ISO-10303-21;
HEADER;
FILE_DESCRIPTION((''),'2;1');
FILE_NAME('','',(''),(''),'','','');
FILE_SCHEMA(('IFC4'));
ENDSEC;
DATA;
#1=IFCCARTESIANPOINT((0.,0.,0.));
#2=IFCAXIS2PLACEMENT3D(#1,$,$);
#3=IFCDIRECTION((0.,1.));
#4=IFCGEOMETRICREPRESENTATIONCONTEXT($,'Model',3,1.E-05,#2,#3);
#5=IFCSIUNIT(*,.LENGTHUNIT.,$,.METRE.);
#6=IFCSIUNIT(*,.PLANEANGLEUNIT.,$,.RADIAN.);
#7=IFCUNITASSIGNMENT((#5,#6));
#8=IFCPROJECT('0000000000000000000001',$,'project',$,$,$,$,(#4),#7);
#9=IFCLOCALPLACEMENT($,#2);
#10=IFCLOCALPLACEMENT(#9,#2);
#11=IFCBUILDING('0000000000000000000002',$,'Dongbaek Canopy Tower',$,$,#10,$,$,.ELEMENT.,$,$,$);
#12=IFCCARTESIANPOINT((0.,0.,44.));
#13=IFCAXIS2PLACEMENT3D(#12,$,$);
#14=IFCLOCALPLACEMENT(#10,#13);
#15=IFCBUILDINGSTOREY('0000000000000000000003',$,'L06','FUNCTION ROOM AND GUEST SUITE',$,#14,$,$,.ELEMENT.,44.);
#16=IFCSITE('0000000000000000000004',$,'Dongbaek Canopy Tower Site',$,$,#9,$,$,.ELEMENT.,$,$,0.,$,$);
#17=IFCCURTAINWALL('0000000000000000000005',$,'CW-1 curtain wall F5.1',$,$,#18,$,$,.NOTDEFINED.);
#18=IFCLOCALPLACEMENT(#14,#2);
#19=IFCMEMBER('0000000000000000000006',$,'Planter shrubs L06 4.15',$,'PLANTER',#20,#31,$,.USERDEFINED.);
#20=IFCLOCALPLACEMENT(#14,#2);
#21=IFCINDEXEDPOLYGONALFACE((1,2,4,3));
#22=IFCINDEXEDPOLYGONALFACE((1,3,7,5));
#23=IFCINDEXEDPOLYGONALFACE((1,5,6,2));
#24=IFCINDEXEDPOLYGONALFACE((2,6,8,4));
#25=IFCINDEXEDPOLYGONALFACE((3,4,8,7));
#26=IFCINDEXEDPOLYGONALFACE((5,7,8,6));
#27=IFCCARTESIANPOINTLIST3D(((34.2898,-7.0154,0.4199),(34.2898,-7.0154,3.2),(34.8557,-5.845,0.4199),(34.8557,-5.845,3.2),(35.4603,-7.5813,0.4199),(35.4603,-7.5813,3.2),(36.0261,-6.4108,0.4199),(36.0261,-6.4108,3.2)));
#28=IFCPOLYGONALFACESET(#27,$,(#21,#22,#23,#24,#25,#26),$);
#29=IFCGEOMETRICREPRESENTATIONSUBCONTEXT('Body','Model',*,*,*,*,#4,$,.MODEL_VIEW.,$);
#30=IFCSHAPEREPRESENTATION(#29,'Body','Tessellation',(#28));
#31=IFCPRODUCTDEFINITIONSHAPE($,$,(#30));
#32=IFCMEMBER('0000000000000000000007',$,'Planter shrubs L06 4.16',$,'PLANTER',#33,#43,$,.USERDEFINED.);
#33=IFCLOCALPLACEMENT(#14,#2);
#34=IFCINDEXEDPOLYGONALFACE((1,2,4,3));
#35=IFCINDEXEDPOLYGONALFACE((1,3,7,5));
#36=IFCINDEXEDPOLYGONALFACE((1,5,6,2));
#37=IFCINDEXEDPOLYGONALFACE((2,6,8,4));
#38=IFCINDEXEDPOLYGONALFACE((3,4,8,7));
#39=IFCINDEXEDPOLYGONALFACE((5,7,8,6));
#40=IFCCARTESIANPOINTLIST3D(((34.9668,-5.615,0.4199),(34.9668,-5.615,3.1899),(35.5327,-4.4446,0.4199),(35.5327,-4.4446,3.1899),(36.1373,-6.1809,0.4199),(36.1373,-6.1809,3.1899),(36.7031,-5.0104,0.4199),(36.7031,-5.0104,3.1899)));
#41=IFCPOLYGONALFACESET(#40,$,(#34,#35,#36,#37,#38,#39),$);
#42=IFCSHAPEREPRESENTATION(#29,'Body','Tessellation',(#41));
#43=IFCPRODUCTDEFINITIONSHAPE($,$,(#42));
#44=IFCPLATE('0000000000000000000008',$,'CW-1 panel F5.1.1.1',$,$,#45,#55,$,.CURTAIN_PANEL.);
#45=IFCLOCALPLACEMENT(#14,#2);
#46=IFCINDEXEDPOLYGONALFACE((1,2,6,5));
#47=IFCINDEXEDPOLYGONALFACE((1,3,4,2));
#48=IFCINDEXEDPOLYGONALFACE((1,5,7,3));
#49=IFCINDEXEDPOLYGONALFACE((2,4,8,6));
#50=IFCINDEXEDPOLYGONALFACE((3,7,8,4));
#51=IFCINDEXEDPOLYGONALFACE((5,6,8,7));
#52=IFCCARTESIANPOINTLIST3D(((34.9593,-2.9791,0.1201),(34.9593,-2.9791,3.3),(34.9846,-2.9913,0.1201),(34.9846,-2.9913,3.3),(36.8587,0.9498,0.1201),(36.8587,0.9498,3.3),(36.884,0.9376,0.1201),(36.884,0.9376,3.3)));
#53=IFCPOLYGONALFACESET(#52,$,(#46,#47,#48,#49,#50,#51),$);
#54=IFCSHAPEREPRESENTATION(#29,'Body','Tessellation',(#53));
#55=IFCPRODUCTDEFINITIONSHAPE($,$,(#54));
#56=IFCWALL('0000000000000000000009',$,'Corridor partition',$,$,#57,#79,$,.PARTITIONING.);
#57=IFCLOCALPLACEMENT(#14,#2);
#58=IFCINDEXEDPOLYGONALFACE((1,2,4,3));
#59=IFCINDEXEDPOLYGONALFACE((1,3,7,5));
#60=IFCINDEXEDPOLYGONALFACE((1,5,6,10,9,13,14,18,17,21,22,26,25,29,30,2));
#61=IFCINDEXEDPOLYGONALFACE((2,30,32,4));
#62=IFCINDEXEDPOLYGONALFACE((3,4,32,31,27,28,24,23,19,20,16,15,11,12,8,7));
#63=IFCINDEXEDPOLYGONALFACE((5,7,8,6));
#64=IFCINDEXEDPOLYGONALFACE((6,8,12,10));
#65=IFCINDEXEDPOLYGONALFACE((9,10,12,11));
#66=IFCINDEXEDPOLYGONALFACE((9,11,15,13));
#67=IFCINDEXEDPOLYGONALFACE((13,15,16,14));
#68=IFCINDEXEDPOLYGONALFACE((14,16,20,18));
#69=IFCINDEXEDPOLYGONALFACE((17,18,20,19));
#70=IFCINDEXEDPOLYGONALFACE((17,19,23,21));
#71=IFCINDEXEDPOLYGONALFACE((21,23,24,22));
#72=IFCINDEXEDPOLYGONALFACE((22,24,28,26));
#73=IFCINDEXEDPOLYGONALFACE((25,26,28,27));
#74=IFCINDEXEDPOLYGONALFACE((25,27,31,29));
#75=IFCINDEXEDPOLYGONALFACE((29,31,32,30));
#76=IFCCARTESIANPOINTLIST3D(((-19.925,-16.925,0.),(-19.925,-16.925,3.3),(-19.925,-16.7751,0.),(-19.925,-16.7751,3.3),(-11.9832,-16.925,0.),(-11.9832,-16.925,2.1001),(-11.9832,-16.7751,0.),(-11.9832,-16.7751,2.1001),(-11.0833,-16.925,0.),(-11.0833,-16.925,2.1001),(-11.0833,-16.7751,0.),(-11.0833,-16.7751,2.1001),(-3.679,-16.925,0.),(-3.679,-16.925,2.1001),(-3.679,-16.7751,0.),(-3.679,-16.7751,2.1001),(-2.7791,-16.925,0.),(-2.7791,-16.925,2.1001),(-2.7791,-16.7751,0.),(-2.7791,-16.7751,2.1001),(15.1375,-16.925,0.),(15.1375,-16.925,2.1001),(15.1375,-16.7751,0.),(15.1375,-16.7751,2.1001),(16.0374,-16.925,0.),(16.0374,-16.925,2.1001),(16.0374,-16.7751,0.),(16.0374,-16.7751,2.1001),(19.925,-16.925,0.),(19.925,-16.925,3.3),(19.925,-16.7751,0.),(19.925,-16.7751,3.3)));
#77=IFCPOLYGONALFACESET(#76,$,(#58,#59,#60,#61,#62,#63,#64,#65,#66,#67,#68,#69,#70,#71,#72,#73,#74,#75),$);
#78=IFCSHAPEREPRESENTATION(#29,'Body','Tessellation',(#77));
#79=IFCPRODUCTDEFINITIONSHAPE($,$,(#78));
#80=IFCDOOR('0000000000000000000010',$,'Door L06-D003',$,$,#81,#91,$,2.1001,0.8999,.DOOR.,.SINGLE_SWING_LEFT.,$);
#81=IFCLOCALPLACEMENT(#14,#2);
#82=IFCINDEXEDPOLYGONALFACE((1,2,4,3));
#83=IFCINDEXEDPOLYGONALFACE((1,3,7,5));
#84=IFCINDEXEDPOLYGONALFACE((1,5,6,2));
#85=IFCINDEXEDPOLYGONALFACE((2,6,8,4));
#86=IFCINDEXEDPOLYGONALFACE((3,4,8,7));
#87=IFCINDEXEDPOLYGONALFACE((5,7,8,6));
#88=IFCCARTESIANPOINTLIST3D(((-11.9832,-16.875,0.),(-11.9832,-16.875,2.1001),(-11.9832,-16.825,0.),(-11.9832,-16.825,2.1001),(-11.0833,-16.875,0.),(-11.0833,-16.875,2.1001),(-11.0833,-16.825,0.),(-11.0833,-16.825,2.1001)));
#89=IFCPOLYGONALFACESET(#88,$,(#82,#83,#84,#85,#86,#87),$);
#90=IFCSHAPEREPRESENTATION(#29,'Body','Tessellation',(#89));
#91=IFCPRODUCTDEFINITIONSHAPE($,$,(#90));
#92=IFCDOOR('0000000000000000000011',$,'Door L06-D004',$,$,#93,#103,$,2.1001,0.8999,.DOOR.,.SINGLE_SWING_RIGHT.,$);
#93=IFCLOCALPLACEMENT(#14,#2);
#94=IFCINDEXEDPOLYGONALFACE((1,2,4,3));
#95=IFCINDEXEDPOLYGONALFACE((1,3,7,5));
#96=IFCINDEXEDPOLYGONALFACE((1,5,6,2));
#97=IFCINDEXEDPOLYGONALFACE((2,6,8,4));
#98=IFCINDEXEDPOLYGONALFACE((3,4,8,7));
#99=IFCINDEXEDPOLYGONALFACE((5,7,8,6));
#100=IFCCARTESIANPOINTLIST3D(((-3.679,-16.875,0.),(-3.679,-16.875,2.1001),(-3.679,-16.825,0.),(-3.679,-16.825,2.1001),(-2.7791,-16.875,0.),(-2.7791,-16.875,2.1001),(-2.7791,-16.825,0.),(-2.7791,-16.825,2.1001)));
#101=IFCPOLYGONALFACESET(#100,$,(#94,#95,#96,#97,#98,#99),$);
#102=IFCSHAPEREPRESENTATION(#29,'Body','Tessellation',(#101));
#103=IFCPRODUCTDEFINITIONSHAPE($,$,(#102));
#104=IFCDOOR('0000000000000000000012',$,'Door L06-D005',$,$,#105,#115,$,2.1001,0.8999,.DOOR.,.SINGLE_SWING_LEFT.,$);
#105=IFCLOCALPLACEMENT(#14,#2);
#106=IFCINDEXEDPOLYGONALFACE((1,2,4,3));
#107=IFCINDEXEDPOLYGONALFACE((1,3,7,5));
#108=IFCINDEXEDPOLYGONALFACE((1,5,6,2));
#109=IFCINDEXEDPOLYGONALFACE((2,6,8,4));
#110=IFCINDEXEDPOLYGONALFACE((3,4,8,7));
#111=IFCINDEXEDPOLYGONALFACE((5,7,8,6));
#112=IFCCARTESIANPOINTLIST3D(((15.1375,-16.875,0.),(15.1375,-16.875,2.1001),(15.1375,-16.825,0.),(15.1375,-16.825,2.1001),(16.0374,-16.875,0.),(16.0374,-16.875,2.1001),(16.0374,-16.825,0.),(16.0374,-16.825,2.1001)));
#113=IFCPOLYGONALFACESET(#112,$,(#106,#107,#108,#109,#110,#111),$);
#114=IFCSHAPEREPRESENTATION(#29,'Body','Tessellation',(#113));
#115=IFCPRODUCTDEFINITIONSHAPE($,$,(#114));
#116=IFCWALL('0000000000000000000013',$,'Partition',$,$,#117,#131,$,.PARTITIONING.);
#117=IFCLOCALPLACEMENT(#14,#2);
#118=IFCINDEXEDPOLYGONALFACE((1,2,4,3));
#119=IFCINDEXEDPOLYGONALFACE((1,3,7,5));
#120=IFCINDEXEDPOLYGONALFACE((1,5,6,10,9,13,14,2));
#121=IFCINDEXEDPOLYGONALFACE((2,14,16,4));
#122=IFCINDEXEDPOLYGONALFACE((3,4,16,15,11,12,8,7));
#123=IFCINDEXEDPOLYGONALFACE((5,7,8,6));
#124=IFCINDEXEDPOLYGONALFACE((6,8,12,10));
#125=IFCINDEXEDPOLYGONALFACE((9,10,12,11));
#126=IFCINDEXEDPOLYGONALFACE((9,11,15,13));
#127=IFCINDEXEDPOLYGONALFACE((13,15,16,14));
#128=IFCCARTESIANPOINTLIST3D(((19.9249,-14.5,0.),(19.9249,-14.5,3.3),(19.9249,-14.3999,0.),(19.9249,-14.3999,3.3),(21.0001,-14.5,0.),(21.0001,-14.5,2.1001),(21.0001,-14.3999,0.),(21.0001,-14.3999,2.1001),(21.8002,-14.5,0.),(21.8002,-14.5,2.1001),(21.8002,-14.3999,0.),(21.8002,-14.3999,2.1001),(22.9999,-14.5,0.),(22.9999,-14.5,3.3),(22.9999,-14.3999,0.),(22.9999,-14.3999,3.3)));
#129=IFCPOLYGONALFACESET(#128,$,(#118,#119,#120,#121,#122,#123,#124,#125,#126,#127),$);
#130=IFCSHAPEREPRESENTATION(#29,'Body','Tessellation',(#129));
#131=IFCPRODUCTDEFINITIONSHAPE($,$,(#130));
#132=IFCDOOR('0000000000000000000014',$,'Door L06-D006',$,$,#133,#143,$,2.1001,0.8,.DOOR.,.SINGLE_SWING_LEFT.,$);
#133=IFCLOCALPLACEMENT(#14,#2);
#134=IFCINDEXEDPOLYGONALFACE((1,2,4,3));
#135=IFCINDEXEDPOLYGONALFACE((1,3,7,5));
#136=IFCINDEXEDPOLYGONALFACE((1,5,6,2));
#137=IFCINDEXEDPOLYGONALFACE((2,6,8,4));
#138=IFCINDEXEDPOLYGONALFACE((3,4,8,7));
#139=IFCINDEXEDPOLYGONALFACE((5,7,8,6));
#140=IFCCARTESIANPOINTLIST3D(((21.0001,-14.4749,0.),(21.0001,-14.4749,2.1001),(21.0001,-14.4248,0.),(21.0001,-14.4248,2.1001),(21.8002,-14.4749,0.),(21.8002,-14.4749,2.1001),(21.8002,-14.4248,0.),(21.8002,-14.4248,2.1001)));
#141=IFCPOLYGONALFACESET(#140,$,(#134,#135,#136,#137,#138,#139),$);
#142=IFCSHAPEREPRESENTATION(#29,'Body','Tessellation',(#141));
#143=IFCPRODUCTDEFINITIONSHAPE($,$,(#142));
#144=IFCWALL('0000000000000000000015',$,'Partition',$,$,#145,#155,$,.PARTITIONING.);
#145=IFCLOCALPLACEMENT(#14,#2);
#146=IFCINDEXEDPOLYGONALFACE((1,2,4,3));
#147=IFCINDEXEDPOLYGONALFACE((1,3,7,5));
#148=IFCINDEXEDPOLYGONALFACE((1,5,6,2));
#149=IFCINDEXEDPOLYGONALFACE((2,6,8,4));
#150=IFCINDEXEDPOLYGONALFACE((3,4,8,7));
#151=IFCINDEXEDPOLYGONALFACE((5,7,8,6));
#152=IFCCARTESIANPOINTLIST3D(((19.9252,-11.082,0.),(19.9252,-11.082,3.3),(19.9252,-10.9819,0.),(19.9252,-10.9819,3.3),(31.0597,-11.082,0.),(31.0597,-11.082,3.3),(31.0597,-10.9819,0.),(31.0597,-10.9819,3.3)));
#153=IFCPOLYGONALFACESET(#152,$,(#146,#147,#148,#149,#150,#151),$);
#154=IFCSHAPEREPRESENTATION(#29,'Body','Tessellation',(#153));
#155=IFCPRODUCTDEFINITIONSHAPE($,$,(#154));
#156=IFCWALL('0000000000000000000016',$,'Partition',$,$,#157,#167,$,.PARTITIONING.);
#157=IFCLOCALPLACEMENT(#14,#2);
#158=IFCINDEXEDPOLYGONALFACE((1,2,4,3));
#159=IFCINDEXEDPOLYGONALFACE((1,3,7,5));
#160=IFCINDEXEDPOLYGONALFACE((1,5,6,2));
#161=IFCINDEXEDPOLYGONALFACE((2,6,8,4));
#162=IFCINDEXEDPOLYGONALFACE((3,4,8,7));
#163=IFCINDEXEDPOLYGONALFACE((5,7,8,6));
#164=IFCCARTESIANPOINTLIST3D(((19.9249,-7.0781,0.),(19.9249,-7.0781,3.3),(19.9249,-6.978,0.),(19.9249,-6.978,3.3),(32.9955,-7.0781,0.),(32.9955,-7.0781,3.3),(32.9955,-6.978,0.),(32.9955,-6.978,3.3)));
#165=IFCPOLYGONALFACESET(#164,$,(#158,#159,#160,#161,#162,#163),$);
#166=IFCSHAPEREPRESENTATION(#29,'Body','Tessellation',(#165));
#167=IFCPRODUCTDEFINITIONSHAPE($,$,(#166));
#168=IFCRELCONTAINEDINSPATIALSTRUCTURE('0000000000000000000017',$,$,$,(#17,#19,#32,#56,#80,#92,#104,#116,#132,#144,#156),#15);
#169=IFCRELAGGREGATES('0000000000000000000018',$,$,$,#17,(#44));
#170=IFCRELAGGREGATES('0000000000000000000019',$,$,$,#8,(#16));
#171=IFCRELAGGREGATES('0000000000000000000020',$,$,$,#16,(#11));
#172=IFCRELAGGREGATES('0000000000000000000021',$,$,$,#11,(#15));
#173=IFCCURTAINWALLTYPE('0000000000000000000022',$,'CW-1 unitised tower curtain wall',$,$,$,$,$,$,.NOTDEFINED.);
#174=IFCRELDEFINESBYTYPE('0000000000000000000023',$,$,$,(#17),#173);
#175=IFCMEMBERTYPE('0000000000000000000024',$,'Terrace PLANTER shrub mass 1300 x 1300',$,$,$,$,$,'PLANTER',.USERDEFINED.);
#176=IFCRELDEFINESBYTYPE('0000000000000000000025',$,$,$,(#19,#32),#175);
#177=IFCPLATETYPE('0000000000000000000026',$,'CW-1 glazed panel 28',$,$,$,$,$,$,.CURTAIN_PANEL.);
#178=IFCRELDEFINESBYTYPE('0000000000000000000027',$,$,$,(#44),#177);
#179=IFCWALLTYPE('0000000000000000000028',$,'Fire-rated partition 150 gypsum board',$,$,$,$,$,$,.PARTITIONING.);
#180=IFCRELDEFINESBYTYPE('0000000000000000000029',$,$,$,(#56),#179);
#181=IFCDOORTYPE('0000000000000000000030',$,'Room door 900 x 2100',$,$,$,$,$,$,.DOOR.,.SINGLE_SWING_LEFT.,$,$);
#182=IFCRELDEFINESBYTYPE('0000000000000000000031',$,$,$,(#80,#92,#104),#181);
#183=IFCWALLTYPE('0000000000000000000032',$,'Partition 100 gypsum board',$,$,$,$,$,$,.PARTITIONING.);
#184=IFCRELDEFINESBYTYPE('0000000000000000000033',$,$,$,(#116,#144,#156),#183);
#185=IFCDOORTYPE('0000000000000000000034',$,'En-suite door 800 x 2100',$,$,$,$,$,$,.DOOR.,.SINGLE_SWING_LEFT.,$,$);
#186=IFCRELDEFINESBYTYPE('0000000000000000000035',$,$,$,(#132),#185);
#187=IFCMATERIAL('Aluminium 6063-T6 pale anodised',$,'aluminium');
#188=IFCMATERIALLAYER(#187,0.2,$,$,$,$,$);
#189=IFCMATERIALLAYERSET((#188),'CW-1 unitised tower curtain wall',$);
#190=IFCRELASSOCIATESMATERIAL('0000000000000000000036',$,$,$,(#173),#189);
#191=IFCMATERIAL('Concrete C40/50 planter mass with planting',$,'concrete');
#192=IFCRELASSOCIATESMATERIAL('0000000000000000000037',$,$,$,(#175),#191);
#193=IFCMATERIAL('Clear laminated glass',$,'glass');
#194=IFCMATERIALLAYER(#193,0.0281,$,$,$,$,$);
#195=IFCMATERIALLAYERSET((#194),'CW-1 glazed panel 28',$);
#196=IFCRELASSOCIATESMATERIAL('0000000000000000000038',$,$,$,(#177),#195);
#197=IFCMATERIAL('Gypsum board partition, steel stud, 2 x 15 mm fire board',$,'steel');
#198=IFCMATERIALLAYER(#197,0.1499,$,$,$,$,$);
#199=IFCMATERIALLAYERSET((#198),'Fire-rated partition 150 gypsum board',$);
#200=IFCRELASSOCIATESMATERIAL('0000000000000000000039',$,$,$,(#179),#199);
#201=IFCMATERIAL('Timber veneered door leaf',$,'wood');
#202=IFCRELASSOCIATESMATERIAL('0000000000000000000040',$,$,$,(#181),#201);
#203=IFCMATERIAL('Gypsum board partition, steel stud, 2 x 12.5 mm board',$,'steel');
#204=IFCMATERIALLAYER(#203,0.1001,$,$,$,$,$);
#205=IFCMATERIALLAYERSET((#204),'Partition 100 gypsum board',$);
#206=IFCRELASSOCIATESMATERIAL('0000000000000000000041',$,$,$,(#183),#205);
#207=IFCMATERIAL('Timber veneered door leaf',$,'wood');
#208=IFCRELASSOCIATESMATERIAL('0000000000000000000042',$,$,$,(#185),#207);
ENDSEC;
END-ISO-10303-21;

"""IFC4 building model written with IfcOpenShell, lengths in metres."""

from ifc_helpers import new_model, si_unit, direction, frame, frame_2d, origin, origin_2d, place, context, subcontext, project, spatial, rectangle, extrude, material, layer, layer_set, material_profile, profile_set, type_object, element, fill, aggregate, save


model = new_model("IFC4")

# Units and contexts
model_context = context("Model", 3, precision=1e-05, world=origin(), true_north=direction((0.0, 1.0)))
body_context = subcontext(model_context, "Body", "Model", "MODEL_VIEW")
ifc_project = project(units=[si_unit("LENGTHUNIT", "METRE"), si_unit("PLANEANGLEUNIT", "RADIAN")], contexts=[model_context])

# Site, building, storey
site_placement = place(None, origin())
site = spatial("IfcSite", under=ifc_project, at=site_placement, Name="Dongbaek Canopy Tower Site", CompositionType="ELEMENT", RefElevation=0.0)
building_placement = place(site_placement, origin())
building = spatial("IfcBuilding", under=site, at=building_placement, Name="Dongbaek Canopy Tower", CompositionType="ELEMENT")
storey_placement = place(building_placement, frame((0.0, 0.0, 44.0)))
storey = spatial("IfcBuildingStorey", under=building, at=storey_placement, Name="L06", Description="FUNCTION ROOM AND GUEST SUITE", CompositionType="ELEMENT", Elevation=44.0)

# Curtain wall
ifc_material_1 = material(Name="Aluminium 6063-T6 pale anodised", Category="aluminium")
ifc_layer_1 = layer(ifc_material_1, 0.2)
ifc_layer_set_1 = layer_set([ifc_layer_1], Name="CW-1 unitised tower curtain wall")
curtain_wall_type = type_object("IfcCurtainWallType", Name="CW-1 unitised tower curtain wall", PredefinedType="NOTDEFINED", material=ifc_layer_set_1)
curtain_wall_placement = place(storey_placement, origin())
curtain_wall = element("IfcCurtainWall", 1, at=curtain_wall_placement, inside=storey, type_object=curtain_wall_type, Name="CW-1 curtain wall F5.1", PredefinedType="NOTDEFINED")

# Members
ifc_material_2 = material(Name="Concrete C40/50 planter mass with planting", Category="concrete")
ifc_material_profile_1 = material_profile(ifc_material_2, rectangle(XDim=1.3, YDim=1.3, at=origin_2d()), Name="Terrace PLANTER shrub mass 1300 x 1300")
ifc_profile_set_1 = profile_set([ifc_material_profile_1], Name="Concrete C40/50 planter mass with planting")
member_type_1 = type_object("IfcMemberType", Name="Terrace PLANTER shrub mass 1300 x 1300", ElementType="PLANTER", PredefinedType="USERDEFINED", material=ifc_profile_set_1)
member_1_placement = place(storey_placement, frame((35.158, -6.7131, 0.4199), z_axis=(0.0, 0.0, 1.0), x_axis=(0.900312, -0.435245, 0.0)))
element("IfcMember", 2, at=member_1_placement, inside=storey, type_object=member_type_1, Name="Planter shrubs L06 4.15", ObjectType="PLANTER", PredefinedType="USERDEFINED", context=body_context, shape_type="SweptSolid", body=[
    extrude(rectangle(XDim=1.3, YDim=1.3, at=origin_2d()), origin(), (0.0, 0.0, 1.0), 2.78),
])
member_2_placement = place(storey_placement, frame((35.835, -5.3127, 0.4199), z_axis=(0.0, 0.0, 1.0), x_axis=(0.900312, -0.435245, 0.0)))
element("IfcMember", 3, at=member_2_placement, inside=storey, type_object=member_type_1, Name="Planter shrubs L06 4.16", ObjectType="PLANTER", PredefinedType="USERDEFINED", context=body_context, shape_type="SweptSolid", body=[
    extrude(rectangle(XDim=1.3, YDim=1.3, at=origin_2d()), origin(), (0.0, 0.0, 1.0), 2.77),
])

# Plate
ifc_material_3 = material(Name="Clear laminated glass", Category="glass")
ifc_layer_2 = layer(ifc_material_3, 0.0281)
ifc_layer_set_2 = layer_set([ifc_layer_2], Name="CW-1 glazed panel 28")
plate_type = type_object("IfcPlateType", Name="CW-1 glazed panel 28", PredefinedType="CURTAIN_PANEL", material=ifc_layer_set_2)
plate_placement = place(storey_placement, frame((35.9216, -1.0208, 0.1201), z_axis=(0.0, 0.0, 1.0), x_axis=(0.435245, 0.900312, 0.0)))
plate = element("IfcPlate", 4, at=plate_placement, type_object=plate_type, Name="CW-1 panel F5.1.1.1", PredefinedType="CURTAIN_PANEL", context=body_context, shape_type="SweptSolid", body=[
    extrude(rectangle(XDim=4.364, YDim=0.0281, at=origin_2d()), origin(), (0.0, 0.0, 1.0), 3.1799),
])
aggregate(curtain_wall, [plate])

# Wall, openings, doors
ifc_material_4 = material(Name="Gypsum board partition, steel stud, 2 x 15 mm fire board", Category="steel")
ifc_layer_3 = layer(ifc_material_4, 0.1499)
ifc_layer_set_3 = layer_set([ifc_layer_3], Name="Fire-rated partition 150 gypsum board")
wall_type_1 = type_object("IfcWallType", Name="Fire-rated partition 150 gypsum board", PredefinedType="PARTITIONING", material=ifc_layer_set_3)
wall_1_placement = place(storey_placement, frame((19.925, -16.8501, 0.0), z_axis=(0.0, 0.0, 1.0), x_axis=(-1.0, 0.0, 0.0)))
wall_1 = element("IfcWall", 5, at=wall_1_placement, inside=storey, type_object=wall_type_1, Name="Corridor partition", PredefinedType="PARTITIONING", context=body_context, shape_type="SweptSolid", body=[
    extrude(rectangle(XDim=39.8501, YDim=0.1499, at=frame_2d((19.925, 0.0))), origin(), (0.0, 0.0, 1.0), 3.3),
])
opening_1_placement = place(wall_1_placement, frame((31.0083, 0.0, 0.0)))
opening_1 = element("IfcOpeningElement", 6, at=opening_1_placement, cuts=wall_1, PredefinedType="OPENING", context=body_context, shape_type="SweptSolid", body=[
    extrude(rectangle(XDim=0.8999, YDim=2.1001, at=frame_2d((0.45, 1.05))), frame((0.0, 0.085, 0.0), z_axis=(0.0, -1.0, 0.0), x_axis=(1.0, 0.0, 0.0)), (0.0, 0.0, 1.0), 0.1699),
])
opening_2_placement = place(wall_1_placement, frame((22.7041, 0.0, 0.0)))
opening_2 = element("IfcOpeningElement", 7, at=opening_2_placement, cuts=wall_1, PredefinedType="OPENING", context=body_context, shape_type="SweptSolid", body=[
    extrude(rectangle(XDim=0.8999, YDim=2.1001, at=frame_2d((0.45, 1.05))), frame((0.0, 0.085, 0.0), z_axis=(0.0, -1.0, 0.0), x_axis=(1.0, 0.0, 0.0)), (0.0, 0.0, 1.0), 0.1699),
])
opening_3_placement = place(wall_1_placement, frame((3.8877, 0.0, 0.0)))
opening_3 = element("IfcOpeningElement", 8, at=opening_3_placement, cuts=wall_1, PredefinedType="OPENING", context=body_context, shape_type="SweptSolid", body=[
    extrude(rectangle(XDim=0.8999, YDim=2.1001, at=frame_2d((0.45, 1.05))), frame((0.0, 0.085, 0.0), z_axis=(0.0, -1.0, 0.0), x_axis=(1.0, 0.0, 0.0)), (0.0, 0.0, 1.0), 0.1699),
])
ifc_material_5 = material(Name="Timber veneered door leaf", Category="wood")
door_type_1 = type_object("IfcDoorType", Name="Room door 900 x 2100", OperationType="SINGLE_SWING_LEFT", PredefinedType="DOOR", material=ifc_material_5)
door_1_placement = place(opening_1_placement, origin())
door_1 = element("IfcDoor", 9, at=door_1_placement, inside=storey, type_object=door_type_1, Name="Door L06-D003", OperationType="SINGLE_SWING_LEFT", OverallHeight=2.1001, OverallWidth=0.8999, PredefinedType="DOOR", context=body_context, shape_type="SweptSolid", body=[
    extrude(rectangle(XDim=0.8999, YDim=2.1001, at=frame_2d((0.45, 1.05))), frame((0.0, 0.0249, 0.0), z_axis=(0.0, -1.0, 0.0), x_axis=(1.0, 0.0, 0.0)), (0.0, 0.0, 1.0), 0.05),
])
fill(opening_1, door_1)
door_2_placement = place(opening_2_placement, origin())
door_2 = element("IfcDoor", 10, at=door_2_placement, inside=storey, type_object=door_type_1, Name="Door L06-D004", OperationType="SINGLE_SWING_RIGHT", OverallHeight=2.1001, OverallWidth=0.8999, PredefinedType="DOOR", context=body_context, shape_type="SweptSolid", body=[
    extrude(rectangle(XDim=0.8999, YDim=2.1001, at=frame_2d((0.45, 1.05))), frame((0.0, 0.0249, 0.0), z_axis=(0.0, -1.0, 0.0), x_axis=(1.0, 0.0, 0.0)), (0.0, 0.0, 1.0), 0.05),
])
fill(opening_2, door_2)
door_3_placement = place(opening_3_placement, origin())
door_3 = element("IfcDoor", 11, at=door_3_placement, inside=storey, type_object=door_type_1, Name="Door L06-D005", OperationType="SINGLE_SWING_LEFT", OverallHeight=2.1001, OverallWidth=0.8999, PredefinedType="DOOR", context=body_context, shape_type="SweptSolid", body=[
    extrude(rectangle(XDim=0.8999, YDim=2.1001, at=frame_2d((0.45, 1.05))), frame((0.0, 0.0249, 0.0), z_axis=(0.0, -1.0, 0.0), x_axis=(1.0, 0.0, 0.0)), (0.0, 0.0, 1.0), 0.05),
])
fill(opening_3, door_3)

# Wall, opening, door
ifc_material_6 = material(Name="Gypsum board partition, steel stud, 2 x 12.5 mm board", Category="steel")
ifc_layer_4 = layer(ifc_material_6, 0.1001)
ifc_layer_set_4 = layer_set([ifc_layer_4], Name="Partition 100 gypsum board")
wall_type_2 = type_object("IfcWallType", Name="Partition 100 gypsum board", PredefinedType="PARTITIONING", material=ifc_layer_set_4)
wall_2_placement = place(storey_placement, frame((23.0, -14.45, 0.0), z_axis=(0.0, 0.0, 1.0), x_axis=(-1.0, 0.0, 0.0)))
wall_2 = element("IfcWall", 12, at=wall_2_placement, inside=storey, type_object=wall_type_2, Name="Partition", PredefinedType="PARTITIONING", context=body_context, shape_type="SweptSolid", body=[
    extrude(rectangle(XDim=3.075, YDim=0.1001, at=frame_2d((1.5376, 0.0))), origin(), (0.0, 0.0, 1.0), 3.3),
])
opening_4_placement = place(wall_2_placement, frame((1.2, 0.0, 0.0)))
opening_4 = element("IfcOpeningElement", 13, at=opening_4_placement, cuts=wall_2, PredefinedType="OPENING", context=body_context, shape_type="SweptSolid", body=[
    extrude(rectangle(XDim=0.8, YDim=2.1001, at=frame_2d((0.3999, 1.05))), frame((0.0, 0.0601, 0.0), z_axis=(0.0, -1.0, 0.0), x_axis=(1.0, 0.0, 0.0)), (0.0, 0.0, 1.0), 0.1201),
])
ifc_material_7 = material(Name="Timber veneered door leaf", Category="wood")
door_type_2 = type_object("IfcDoorType", Name="En-suite door 800 x 2100", OperationType="SINGLE_SWING_LEFT", PredefinedType="DOOR", material=ifc_material_7)
door_4_placement = place(opening_4_placement, origin())
door_4 = element("IfcDoor", 14, at=door_4_placement, inside=storey, type_object=door_type_2, Name="Door L06-D006", OperationType="SINGLE_SWING_LEFT", OverallHeight=2.1001, OverallWidth=0.8, PredefinedType="DOOR", context=body_context, shape_type="SweptSolid", body=[
    extrude(rectangle(XDim=0.8, YDim=2.1001, at=frame_2d((0.3999, 1.05))), frame((0.0, 0.0249, 0.0), z_axis=(0.0, -1.0, 0.0), x_axis=(1.0, 0.0, 0.0)), (0.0, 0.0, 1.0), 0.05),
])
fill(opening_4, door_4)

# Walls
wall_3_placement = place(storey_placement, frame((19.925, -11.032, 0.0), z_axis=(0.0, 0.0, 1.0), x_axis=(1.0, 0.0, 0.0)))
element("IfcWall", 15, at=wall_3_placement, inside=storey, type_object=wall_type_2, Name="Partition", PredefinedType="PARTITIONING", context=body_context, shape_type="SweptSolid", body=[
    extrude(rectangle(XDim=11.1345, YDim=0.1001, at=frame_2d((5.5674, 0.0))), origin(), (0.0, 0.0, 1.0), 3.3),
])
wall_4_placement = place(storey_placement, frame((19.925, -7.0281, 0.0), z_axis=(0.0, 0.0, 1.0), x_axis=(1.0, 0.0, 0.0)))
element("IfcWall", 16, at=wall_4_placement, inside=storey, type_object=wall_type_2, Name="Partition", PredefinedType="PARTITIONING", context=body_context, shape_type="SweptSolid", body=[
    extrude(rectangle(XDim=13.0706, YDim=0.1001, at=frame_2d((6.5352, 0.0))), origin(), (0.0, 0.0, 1.0), 3.3),
])

save(model, "model.ifc")
